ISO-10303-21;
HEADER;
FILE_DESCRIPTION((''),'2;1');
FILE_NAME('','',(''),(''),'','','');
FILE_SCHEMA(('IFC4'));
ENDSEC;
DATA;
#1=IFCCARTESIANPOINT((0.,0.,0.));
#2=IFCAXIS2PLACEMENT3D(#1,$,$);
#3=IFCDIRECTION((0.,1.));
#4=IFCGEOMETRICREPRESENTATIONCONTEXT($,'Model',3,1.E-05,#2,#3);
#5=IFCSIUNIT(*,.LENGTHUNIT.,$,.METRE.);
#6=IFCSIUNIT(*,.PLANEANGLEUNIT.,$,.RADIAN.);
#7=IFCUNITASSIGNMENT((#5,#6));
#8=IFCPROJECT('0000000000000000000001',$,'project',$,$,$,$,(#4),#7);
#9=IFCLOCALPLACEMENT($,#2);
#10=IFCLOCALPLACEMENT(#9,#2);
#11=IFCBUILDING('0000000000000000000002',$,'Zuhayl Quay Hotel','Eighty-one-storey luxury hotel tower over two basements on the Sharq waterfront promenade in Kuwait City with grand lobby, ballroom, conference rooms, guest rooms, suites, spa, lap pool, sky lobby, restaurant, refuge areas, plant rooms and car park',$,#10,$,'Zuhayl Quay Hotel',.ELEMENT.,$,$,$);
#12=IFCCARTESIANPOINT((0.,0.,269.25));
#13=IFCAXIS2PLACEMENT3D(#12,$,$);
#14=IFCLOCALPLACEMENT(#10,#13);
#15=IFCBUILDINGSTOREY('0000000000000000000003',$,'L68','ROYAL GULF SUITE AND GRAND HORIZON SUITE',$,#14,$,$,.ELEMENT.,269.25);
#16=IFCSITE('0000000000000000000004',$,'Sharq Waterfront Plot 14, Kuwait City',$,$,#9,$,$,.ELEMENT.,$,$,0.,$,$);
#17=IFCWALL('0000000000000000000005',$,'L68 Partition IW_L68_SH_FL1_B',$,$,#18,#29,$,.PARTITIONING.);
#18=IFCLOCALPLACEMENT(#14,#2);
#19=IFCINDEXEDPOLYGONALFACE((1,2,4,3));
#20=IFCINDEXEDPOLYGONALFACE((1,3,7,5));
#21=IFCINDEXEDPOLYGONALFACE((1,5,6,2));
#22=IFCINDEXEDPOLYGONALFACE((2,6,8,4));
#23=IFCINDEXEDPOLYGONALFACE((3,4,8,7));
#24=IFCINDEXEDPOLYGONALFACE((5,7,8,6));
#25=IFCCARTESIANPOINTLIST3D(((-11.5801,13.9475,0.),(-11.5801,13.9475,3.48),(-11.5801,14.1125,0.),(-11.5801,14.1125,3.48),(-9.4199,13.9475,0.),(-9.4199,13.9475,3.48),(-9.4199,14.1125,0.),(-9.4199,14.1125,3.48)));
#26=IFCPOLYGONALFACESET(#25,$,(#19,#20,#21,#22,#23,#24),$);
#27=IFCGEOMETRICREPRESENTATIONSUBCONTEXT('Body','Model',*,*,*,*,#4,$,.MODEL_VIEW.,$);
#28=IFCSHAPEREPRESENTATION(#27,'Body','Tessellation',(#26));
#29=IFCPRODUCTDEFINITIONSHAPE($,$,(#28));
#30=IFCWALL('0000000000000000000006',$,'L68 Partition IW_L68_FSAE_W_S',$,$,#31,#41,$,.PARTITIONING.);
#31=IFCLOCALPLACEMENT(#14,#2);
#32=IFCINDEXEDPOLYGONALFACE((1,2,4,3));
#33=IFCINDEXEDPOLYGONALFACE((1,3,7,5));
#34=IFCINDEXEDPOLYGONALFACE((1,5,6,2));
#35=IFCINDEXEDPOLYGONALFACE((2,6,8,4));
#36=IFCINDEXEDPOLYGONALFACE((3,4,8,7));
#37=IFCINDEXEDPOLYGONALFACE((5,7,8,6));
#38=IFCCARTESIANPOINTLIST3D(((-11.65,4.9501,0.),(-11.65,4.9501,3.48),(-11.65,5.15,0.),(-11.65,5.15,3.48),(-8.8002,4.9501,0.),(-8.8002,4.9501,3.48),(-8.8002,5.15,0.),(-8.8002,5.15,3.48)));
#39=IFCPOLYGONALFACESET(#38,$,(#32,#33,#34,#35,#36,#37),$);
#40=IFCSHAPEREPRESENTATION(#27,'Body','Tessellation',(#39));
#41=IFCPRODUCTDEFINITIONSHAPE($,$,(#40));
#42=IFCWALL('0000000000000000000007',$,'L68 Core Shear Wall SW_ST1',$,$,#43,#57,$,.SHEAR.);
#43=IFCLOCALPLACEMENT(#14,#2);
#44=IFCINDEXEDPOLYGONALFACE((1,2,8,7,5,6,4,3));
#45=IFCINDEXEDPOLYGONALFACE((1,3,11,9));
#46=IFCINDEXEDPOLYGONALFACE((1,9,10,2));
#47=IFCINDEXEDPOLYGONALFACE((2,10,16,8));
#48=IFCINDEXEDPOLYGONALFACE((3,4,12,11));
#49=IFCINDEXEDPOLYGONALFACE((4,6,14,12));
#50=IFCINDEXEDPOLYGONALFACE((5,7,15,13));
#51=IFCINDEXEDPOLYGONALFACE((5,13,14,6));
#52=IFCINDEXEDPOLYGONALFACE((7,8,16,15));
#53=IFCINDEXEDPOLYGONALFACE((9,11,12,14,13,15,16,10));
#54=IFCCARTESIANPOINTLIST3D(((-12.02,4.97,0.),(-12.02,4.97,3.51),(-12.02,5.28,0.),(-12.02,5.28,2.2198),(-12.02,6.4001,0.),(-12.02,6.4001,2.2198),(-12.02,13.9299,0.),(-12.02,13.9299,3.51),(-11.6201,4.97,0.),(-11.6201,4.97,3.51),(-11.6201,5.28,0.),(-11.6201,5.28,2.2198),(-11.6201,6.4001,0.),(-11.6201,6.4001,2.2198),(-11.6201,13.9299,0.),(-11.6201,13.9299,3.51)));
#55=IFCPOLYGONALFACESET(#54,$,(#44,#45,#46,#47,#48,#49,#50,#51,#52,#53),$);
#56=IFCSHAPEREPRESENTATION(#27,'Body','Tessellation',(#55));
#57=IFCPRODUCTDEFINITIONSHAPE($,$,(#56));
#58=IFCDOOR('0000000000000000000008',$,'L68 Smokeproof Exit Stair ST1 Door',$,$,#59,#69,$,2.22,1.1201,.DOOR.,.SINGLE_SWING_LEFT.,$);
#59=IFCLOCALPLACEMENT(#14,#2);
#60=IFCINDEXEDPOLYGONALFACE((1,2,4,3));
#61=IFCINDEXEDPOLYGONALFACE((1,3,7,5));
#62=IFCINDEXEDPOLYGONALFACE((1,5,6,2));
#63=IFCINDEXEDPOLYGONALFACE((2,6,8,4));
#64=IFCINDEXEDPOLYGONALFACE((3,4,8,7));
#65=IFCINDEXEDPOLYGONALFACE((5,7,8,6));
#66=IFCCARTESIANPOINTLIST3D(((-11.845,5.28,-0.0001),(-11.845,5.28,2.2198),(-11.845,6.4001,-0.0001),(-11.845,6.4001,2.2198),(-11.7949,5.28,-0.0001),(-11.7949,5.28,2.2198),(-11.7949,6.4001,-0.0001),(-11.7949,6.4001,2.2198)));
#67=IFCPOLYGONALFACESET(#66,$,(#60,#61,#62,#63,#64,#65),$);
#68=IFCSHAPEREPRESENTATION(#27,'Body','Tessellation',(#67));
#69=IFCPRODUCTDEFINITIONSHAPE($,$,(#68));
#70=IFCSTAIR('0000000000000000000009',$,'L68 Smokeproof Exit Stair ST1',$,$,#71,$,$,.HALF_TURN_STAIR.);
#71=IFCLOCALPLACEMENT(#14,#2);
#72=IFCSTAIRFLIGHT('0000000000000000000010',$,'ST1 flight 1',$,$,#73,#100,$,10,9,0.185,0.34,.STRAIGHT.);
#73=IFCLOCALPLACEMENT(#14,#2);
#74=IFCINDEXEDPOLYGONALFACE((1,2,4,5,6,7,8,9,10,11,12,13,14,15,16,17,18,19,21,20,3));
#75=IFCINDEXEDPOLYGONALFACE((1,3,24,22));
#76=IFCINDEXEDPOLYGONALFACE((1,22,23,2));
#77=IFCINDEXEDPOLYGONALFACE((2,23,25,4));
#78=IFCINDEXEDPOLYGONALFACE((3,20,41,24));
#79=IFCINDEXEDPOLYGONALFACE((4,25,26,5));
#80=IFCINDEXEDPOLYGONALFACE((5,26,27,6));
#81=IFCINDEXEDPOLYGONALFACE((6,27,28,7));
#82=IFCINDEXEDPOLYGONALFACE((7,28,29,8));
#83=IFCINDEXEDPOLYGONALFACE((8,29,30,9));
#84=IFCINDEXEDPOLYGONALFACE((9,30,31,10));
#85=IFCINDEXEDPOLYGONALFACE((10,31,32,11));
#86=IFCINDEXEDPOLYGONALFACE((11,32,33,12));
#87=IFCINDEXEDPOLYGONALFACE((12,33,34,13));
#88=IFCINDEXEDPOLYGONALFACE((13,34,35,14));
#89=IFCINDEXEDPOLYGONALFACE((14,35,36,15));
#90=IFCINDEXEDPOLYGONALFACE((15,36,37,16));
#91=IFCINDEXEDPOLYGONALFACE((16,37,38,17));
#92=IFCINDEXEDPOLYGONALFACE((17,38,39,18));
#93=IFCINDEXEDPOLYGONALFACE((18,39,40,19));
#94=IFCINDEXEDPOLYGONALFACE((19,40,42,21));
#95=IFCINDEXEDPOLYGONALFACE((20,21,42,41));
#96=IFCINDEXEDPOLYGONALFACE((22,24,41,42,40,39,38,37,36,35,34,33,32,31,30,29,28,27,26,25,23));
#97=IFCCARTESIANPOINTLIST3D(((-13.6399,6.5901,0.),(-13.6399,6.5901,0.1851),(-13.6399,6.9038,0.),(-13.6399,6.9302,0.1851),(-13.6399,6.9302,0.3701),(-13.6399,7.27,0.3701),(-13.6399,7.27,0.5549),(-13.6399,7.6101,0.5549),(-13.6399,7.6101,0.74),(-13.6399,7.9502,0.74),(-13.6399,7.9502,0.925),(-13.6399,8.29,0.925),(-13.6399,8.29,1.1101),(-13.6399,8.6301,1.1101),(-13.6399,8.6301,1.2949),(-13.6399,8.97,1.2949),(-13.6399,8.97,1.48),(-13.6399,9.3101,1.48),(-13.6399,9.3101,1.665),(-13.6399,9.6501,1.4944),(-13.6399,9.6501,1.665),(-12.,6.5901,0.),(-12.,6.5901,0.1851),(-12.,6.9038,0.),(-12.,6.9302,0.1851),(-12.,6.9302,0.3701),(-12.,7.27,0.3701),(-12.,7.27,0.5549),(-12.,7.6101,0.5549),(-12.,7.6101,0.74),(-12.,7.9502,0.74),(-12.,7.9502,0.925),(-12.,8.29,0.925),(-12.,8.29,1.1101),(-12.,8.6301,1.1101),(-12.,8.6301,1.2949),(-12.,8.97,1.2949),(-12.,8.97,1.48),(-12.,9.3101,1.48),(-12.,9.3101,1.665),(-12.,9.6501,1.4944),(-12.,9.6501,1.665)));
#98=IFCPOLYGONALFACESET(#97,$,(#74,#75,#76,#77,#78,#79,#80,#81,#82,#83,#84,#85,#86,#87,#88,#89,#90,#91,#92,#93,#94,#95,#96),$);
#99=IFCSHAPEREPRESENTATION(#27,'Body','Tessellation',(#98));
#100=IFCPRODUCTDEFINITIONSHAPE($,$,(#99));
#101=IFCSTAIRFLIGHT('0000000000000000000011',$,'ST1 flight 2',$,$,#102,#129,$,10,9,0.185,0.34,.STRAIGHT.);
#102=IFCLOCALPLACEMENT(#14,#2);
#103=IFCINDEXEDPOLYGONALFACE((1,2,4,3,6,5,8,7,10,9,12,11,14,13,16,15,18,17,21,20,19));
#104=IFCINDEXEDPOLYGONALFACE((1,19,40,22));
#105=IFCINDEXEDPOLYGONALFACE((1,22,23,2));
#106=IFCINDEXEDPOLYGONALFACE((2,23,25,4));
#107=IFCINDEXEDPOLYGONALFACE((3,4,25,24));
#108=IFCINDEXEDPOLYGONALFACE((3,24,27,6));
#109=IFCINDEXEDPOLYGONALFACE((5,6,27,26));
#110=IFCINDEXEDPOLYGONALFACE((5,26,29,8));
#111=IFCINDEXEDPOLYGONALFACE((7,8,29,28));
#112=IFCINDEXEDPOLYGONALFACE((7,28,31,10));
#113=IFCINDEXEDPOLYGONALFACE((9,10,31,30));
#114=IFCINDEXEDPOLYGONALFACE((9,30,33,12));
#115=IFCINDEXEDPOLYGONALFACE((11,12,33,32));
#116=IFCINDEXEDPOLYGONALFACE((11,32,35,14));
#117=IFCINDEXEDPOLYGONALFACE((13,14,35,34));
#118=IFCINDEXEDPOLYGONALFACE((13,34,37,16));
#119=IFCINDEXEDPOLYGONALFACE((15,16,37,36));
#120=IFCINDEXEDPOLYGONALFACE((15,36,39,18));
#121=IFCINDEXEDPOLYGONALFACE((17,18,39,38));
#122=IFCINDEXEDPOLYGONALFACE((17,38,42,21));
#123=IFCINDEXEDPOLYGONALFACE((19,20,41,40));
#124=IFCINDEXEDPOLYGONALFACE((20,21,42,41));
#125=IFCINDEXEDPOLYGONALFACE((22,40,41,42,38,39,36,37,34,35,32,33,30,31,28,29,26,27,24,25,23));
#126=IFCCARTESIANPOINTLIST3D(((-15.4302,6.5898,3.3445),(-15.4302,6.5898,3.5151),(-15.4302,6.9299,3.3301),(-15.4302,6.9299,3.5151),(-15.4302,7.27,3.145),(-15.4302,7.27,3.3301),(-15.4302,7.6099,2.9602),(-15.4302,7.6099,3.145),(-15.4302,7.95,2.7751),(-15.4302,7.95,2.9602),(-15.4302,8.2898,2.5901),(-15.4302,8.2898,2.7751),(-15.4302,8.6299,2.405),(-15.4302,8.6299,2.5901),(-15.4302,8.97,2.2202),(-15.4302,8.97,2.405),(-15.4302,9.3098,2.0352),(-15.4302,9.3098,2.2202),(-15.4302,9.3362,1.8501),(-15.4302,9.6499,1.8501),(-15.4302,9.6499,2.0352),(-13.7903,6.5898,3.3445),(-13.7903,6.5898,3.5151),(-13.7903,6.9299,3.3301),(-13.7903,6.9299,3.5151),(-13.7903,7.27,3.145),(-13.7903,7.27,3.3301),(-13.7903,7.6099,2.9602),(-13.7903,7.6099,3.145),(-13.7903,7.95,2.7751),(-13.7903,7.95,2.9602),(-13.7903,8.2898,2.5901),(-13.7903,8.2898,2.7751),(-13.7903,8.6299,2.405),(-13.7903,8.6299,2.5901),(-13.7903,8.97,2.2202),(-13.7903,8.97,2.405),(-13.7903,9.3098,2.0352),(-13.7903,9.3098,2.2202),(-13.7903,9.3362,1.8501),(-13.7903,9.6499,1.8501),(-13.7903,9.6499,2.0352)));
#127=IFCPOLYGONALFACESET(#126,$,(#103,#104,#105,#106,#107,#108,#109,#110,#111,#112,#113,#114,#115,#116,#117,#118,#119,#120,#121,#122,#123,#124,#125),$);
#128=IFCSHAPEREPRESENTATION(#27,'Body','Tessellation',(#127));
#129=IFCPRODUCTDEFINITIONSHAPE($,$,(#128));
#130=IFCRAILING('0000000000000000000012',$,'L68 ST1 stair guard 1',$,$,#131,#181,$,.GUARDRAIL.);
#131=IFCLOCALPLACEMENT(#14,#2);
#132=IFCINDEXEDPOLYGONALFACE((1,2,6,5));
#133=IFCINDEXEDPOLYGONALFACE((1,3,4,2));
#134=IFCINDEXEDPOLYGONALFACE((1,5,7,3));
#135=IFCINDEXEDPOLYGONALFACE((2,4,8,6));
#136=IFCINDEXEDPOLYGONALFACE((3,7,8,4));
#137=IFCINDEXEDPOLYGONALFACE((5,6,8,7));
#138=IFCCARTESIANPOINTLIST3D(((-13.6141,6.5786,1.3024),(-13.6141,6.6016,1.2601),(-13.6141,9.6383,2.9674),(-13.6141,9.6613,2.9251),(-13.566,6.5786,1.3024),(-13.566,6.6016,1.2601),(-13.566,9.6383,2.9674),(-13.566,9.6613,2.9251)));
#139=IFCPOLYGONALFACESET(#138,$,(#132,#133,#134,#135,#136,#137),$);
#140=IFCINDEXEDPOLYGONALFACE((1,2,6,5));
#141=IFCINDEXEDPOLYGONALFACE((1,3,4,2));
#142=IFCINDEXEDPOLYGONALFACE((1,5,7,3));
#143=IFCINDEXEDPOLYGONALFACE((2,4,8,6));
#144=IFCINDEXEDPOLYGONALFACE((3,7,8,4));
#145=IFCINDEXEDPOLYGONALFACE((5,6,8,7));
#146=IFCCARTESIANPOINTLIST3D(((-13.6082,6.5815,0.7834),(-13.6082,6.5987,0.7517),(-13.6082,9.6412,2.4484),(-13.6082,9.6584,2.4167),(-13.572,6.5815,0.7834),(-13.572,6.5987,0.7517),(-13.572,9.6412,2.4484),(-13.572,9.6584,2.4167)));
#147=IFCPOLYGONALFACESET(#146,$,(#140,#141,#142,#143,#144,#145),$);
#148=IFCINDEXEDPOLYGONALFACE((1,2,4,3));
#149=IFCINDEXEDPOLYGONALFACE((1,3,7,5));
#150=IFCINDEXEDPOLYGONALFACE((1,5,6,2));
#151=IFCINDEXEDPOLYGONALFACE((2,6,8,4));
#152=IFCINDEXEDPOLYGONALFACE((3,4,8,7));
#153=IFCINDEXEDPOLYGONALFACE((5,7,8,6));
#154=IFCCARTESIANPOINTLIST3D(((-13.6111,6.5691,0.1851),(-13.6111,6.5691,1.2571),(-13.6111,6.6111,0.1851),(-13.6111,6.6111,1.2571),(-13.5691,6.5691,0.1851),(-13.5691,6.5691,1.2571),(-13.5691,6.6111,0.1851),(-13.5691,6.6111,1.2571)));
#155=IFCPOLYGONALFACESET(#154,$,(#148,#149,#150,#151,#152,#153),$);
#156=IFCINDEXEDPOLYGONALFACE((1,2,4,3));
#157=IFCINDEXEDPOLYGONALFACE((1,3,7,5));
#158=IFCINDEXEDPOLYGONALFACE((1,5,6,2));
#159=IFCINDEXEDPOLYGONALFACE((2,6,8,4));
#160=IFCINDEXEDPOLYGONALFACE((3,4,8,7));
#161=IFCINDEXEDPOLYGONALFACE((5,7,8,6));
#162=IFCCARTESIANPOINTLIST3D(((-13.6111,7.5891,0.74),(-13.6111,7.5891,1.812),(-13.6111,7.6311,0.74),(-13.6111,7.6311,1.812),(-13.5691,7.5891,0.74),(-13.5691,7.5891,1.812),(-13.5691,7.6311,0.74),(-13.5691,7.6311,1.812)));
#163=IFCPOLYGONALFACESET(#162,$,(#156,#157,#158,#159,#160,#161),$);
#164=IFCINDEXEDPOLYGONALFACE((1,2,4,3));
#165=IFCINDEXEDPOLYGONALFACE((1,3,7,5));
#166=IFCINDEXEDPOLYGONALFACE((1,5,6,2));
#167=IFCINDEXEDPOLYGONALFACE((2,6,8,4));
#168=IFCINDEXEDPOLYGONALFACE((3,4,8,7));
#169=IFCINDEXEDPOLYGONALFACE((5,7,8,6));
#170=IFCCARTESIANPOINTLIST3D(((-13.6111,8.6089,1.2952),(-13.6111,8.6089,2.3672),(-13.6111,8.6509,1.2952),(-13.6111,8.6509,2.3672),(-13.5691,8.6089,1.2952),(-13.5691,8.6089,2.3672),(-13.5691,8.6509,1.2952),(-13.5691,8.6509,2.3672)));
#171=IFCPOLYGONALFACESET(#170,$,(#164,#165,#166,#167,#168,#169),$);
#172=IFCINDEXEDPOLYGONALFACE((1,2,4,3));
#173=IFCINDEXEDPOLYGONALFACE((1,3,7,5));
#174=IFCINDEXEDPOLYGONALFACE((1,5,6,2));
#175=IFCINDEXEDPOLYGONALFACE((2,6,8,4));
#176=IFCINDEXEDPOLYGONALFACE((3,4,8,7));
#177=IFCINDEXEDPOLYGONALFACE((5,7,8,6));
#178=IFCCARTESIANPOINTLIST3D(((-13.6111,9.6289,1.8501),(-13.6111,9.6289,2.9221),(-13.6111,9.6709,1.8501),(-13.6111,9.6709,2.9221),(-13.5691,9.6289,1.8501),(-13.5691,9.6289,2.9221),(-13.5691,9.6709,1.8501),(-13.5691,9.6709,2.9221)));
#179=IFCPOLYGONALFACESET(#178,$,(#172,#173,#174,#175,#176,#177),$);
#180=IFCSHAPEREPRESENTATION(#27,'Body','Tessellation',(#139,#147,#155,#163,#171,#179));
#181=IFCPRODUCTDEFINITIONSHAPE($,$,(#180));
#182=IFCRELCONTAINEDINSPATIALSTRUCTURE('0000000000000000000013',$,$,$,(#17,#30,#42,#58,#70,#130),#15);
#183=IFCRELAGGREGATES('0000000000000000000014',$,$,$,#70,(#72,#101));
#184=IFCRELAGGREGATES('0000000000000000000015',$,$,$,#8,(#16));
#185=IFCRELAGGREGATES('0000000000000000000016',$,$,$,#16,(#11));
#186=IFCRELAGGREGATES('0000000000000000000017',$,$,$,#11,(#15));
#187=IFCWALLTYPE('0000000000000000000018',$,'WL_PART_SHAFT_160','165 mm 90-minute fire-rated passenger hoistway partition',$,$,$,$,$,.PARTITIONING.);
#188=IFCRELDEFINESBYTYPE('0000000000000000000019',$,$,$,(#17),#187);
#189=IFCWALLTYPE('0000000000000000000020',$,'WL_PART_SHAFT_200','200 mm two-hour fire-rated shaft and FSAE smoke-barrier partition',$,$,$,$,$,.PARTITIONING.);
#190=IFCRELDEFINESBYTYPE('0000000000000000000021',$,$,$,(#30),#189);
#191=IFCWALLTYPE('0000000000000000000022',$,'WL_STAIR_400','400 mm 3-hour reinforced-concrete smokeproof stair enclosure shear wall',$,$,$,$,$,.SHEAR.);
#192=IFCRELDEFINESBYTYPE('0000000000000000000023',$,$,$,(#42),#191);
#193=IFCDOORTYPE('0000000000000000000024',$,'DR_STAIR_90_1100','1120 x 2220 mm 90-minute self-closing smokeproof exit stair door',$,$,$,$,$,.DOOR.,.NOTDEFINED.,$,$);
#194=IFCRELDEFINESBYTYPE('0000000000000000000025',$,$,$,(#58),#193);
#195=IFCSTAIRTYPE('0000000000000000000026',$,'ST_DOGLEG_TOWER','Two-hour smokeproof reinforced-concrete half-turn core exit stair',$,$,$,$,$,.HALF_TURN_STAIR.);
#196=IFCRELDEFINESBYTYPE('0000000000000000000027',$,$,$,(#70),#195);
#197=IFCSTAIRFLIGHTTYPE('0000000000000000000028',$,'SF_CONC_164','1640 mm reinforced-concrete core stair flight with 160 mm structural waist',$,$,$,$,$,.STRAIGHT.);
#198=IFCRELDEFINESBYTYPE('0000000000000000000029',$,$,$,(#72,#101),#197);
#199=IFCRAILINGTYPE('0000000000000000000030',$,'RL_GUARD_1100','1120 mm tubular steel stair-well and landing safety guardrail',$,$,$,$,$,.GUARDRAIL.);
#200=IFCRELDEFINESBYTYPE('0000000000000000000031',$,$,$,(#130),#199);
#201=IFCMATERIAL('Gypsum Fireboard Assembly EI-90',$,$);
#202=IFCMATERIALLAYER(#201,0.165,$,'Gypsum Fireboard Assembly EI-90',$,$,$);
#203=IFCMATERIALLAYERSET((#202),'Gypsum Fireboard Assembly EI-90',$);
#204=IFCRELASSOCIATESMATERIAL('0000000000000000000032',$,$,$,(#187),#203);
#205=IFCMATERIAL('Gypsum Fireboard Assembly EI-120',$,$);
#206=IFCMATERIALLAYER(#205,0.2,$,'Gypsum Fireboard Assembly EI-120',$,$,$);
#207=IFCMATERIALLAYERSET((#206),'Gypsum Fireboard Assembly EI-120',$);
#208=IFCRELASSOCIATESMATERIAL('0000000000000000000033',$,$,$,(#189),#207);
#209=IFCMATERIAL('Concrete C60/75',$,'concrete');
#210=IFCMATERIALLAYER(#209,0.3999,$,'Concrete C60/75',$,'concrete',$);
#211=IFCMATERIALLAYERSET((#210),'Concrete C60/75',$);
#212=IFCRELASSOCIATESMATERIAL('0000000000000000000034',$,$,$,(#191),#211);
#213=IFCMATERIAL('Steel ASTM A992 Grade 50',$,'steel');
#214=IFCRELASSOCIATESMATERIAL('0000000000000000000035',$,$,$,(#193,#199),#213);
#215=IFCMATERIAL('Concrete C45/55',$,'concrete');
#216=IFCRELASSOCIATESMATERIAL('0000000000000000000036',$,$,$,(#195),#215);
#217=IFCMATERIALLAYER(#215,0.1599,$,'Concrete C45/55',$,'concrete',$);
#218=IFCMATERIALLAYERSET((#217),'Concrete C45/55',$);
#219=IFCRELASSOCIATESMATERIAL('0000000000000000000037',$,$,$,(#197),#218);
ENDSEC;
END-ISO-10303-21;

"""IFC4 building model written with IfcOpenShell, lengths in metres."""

from ifc_helpers import new_model, si_unit, direction, frame, frame_2d, origin, origin_2d, place, context, subcontext, project, spatial, polyline, rectangle, outline, extrude, material, layer, layer_set, type_object, element, fill, aggregate, save


model = new_model("IFC4")

# Units and contexts
model_context = context("Model", 3, precision=1e-05, world=origin(), true_north=direction((0.0, 1.0)))
body_context = subcontext(model_context, "Body", "Model", "MODEL_VIEW")
ifc_project = project(units=[si_unit("LENGTHUNIT", "METRE"), si_unit("PLANEANGLEUNIT", "RADIAN")], contexts=[model_context])

# Site, building, storey
site_placement = place(None, origin())
site = spatial("IfcSite", under=ifc_project, at=site_placement, Name="Sharq Waterfront Plot 14, Kuwait City", CompositionType="ELEMENT", RefElevation=0.0)
building_placement = place(site_placement, origin())
building = spatial("IfcBuilding", under=site, at=building_placement, Name="Zuhayl Quay Hotel", Description="Eighty-one-storey luxury hotel tower over two basements on the Sharq waterfront promenade in Kuwait City with grand lobby, ballroom, conference rooms, guest rooms, suites, spa, lap pool, sky lobby, restaurant, refuge areas, plant rooms and car park", LongName="Zuhayl Quay Hotel", CompositionType="ELEMENT")
storey_placement = place(building_placement, frame((0.0, 0.0, 269.25)))
storey = spatial("IfcBuildingStorey", under=building, at=storey_placement, Name="L68", Description="ROYAL GULF SUITE AND GRAND HORIZON SUITE", CompositionType="ELEMENT", Elevation=269.25)

# Shared definitions
ifc_material_1 = material(Name="Gypsum Fireboard Assembly EI-90")
ifc_layer_1 = layer(ifc_material_1, 0.165, Name="Gypsum Fireboard Assembly EI-90")
ifc_layer_set_1 = layer_set([ifc_layer_1], Name="Gypsum Fireboard Assembly EI-90")
wall_type_1 = type_object("IfcWallType", Name="WL_PART_SHAFT_160", Description="165 mm 90-minute fire-rated passenger hoistway partition", PredefinedType="PARTITIONING", material=ifc_layer_set_1)

# Walls
wall_1_placement = place(storey_placement, frame((-11.5801, 14.03, 0.0), z_axis=(0.0, 0.0, 1.0), x_axis=(1.0, 0.0, 0.0)))
element("IfcWall", 1, at=wall_1_placement, inside=storey, type_object=wall_type_1, Name="L68 Partition IW_L68_SH_FL1_B", PredefinedType="PARTITIONING", context=body_context, shape_type="SweptSolid", body=[
    extrude(rectangle(XDim=2.1602, YDim=0.165, at=frame_2d((1.0801, 0.0))), origin(), (0.0, 0.0, 1.0), 3.48),
])
ifc_material_2 = material(Name="Gypsum Fireboard Assembly EI-120")
ifc_layer_2 = layer(ifc_material_2, 0.2, Name="Gypsum Fireboard Assembly EI-120")
ifc_layer_set_2 = layer_set([ifc_layer_2], Name="Gypsum Fireboard Assembly EI-120")
wall_type_2 = type_object("IfcWallType", Name="WL_PART_SHAFT_200", Description="200 mm two-hour fire-rated shaft and FSAE smoke-barrier partition", PredefinedType="PARTITIONING", material=ifc_layer_set_2)
wall_2_placement = place(storey_placement, frame((-11.6499, 5.05, 0.0), z_axis=(0.0, 0.0, 1.0), x_axis=(1.0, 0.0, 0.0)))
element("IfcWall", 2, at=wall_2_placement, inside=storey, type_object=wall_type_2, Name="L68 Partition IW_L68_FSAE_W_S", PredefinedType="PARTITIONING", context=body_context, shape_type="SweptSolid", body=[
    extrude(rectangle(XDim=2.8499, YDim=0.2, at=frame_2d((1.4248, 0.0))), origin(), (0.0, 0.0, 1.0), 3.48),
])

# Wall, opening, door
ifc_material_3 = material(Name="Concrete C60/75", Category="concrete")
ifc_layer_3 = layer(ifc_material_3, 0.3999, Name="Concrete C60/75", Category="concrete")
ifc_layer_set_3 = layer_set([ifc_layer_3], Name="Concrete C60/75")
wall_type_3 = type_object("IfcWallType", Name="WL_STAIR_400", Description="400 mm 3-hour reinforced-concrete smokeproof stair enclosure shear wall", PredefinedType="SHEAR", material=ifc_layer_set_3)
wall_3_placement = place(storey_placement, frame((-11.8201, 4.97, 0.0), z_axis=(0.0, 0.0, 1.0), x_axis=(0.0, 1.0, 0.0)))
wall_3 = element("IfcWall", 3, at=wall_3_placement, inside=storey, type_object=wall_type_3, Name="L68 Core Shear Wall SW_ST1", PredefinedType="SHEAR", context=body_context, shape_type="SweptSolid", body=[
    extrude(rectangle(XDim=8.96, YDim=0.3999, at=frame_2d((4.48, 0.0))), origin(), (0.0, 0.0, 1.0), 3.51),
])
opening_1_placement = place(wall_3_placement, frame((0.3101, 0.0, 0.0)))
opening_1 = element("IfcOpeningElement", 4, at=opening_1_placement, cuts=wall_3, PredefinedType="OPENING", context=body_context, shape_type="SweptSolid", body=[
    extrude(rectangle(XDim=1.1201, YDim=2.22, at=frame_2d((0.5601, 1.1099))), frame((0.0, 0.21, 0.0), z_axis=(0.0, -1.0, 0.0), x_axis=(1.0, 0.0, 0.0)), (0.0, 0.0, 1.0), 0.4199),
])
ifc_material_4 = material(Name="Steel ASTM A992 Grade 50", Category="steel")
door_type_1 = type_object("IfcDoorType", Name="DR_STAIR_90_1100", Description="1120 x 2220 mm 90-minute self-closing smokeproof exit stair door", OperationType="NOTDEFINED", PredefinedType="DOOR", material=ifc_material_4)
door_1_placement = place(opening_1_placement, origin())
door_1 = element("IfcDoor", 5, at=door_1_placement, inside=storey, type_object=door_type_1, Name="L68 Smokeproof Exit Stair ST1 Door", OperationType="SINGLE_SWING_LEFT", OverallHeight=2.22, OverallWidth=1.1201, PredefinedType="DOOR", context=body_context, shape_type="SweptSolid", body=[
    extrude(rectangle(XDim=1.1201, YDim=2.22, at=frame_2d((0.5601, 1.1099))), frame((0.0, 0.0249, 0.0), z_axis=(0.0, -1.0, 0.0), x_axis=(1.0, 0.0, 0.0)), (0.0, 0.0, 1.0), 0.05),
])
fill(opening_1, door_1)

# Stair, stair flights
ifc_material_5 = material(Name="Concrete C45/55", Category="concrete")
stair_type = type_object("IfcStairType", Name="ST_DOGLEG_TOWER", Description="Two-hour smokeproof reinforced-concrete half-turn core exit stair", PredefinedType="HALF_TURN_STAIR", material=ifc_material_5)
stair_placement = place(storey_placement, origin())
stair = element("IfcStair", 6, at=stair_placement, inside=storey, type_object=stair_type, Name="L68 Smokeproof Exit Stair ST1", PredefinedType="HALF_TURN_STAIR")
ifc_layer_4 = layer(ifc_material_5, 0.1599, Name="Concrete C45/55", Category="concrete")
ifc_layer_set_4 = layer_set([ifc_layer_4], Name="Concrete C45/55")
stair_flight_type = type_object("IfcStairFlightType", Name="SF_CONC_164", Description="1640 mm reinforced-concrete core stair flight with 160 mm structural waist", PredefinedType="STRAIGHT", material=ifc_layer_set_4)
stair_flight_1_placement = place(storey_placement, frame((-12.8201, 6.5901, 0.0), z_axis=(0.0, 0.0, 1.0), x_axis=(0.0, 1.0, 0.0)))
stair_flight_1 = element("IfcStairFlight", 7, at=stair_flight_1_placement, type_object=stair_flight_type, Name="ST1 flight 1", NumberOfRisers=10, NumberOfTreads=9, PredefinedType="STRAIGHT", RiserHeight=0.185, TreadLength=0.34, context=body_context, shape_type="SweptSolid", body=[
    extrude(outline(polyline([(0.0, 0.0), (0.0, 0.1851), (0.3401, 0.1851), (0.3401, 0.3701), (0.6799, 0.3701), (0.6799, 0.5549), (1.02, 0.5549), (1.02, 0.74), (1.3601, 0.74), (1.3601, 0.925), (1.7, 0.925), (1.7, 1.1101), (2.04, 1.1101), (2.04, 1.2949), (2.3799, 1.2949), (2.3799, 1.48), (2.72, 1.48), (2.72, 1.665), (3.0601, 1.665), (3.0601, 1.8501), (3.0601, 1.4944), (0.3137, 0.0), (0.0, 0.0)])), frame((0.0, 0.8198, 0.0), z_axis=(0.0, -1.0, 0.0), x_axis=(1.0, 0.0, 0.0)), (0.0, 0.0, 1.0), 1.6399),
])
stair_flight_2_placement = place(storey_placement, frame((-14.6101, 9.6499, 1.8501), z_axis=(0.0, 0.0, 1.0), x_axis=(0.0, -1.0, 0.0)))
stair_flight_2 = element("IfcStairFlight", 8, at=stair_flight_2_placement, type_object=stair_flight_type, Name="ST1 flight 2", NumberOfRisers=10, NumberOfTreads=9, PredefinedType="STRAIGHT", RiserHeight=0.185, TreadLength=0.34, context=body_context, shape_type="SweptSolid", body=[
    extrude(outline(polyline([(0.0, 0.0), (0.0, 0.1851), (0.3401, 0.1851), (0.3401, 0.3701), (0.6799, 0.3701), (0.6799, 0.5549), (1.02, 0.5549), (1.02, 0.74), (1.3601, 0.74), (1.3601, 0.925), (1.7, 0.925), (1.7, 1.1101), (2.04, 1.1101), (2.04, 1.2949), (2.3799, 1.2949), (2.3799, 1.48), (2.72, 1.48), (2.72, 1.665), (3.0601, 1.665), (3.0601, 1.8501), (3.0601, 1.4944), (0.3137, 0.0), (0.0, 0.0)])), frame((0.0, 0.8198, 0.0), z_axis=(0.0, -1.0, 0.0), x_axis=(1.0, 0.0, 0.0)), (0.0, 0.0, 1.0), 1.6399),
])
aggregate(stair, [stair_flight_1, stair_flight_2])

# Railing
railing_type_1 = type_object("IfcRailingType", Name="RL_GUARD_1100", Description="1120 mm tubular steel stair-well and landing safety guardrail", PredefinedType="GUARDRAIL", material=ifc_material_4)
railing_1_placement = place(storey_placement, frame((-13.5901, 6.5901, 0.1851)))
element("IfcRailing", 9, at=railing_1_placement, inside=storey, type_object=railing_type_1, Name="L68 ST1 stair guard 1", PredefinedType="GUARDRAIL", context=body_context, shape_type="SweptSolid", body=[
    extrude(rectangle(XDim=0.0481, YDim=0.0481, at=origin_2d()), frame((0.0, 0.0, 1.0962), z_axis=(0.0, 0.878372, 0.477978), x_axis=(-1.0, 0.0, 0.0)), (0.0, 0.0, 1.0), 3.4834),
    extrude(rectangle(XDim=0.0361, YDim=0.0361, at=origin_2d()), frame((0.0, 0.0, 0.5825), z_axis=(0.0, 0.878372, 0.477978), x_axis=(-1.0, 0.0, 0.0)), (0.0, 0.0, 1.0), 3.4834),
    extrude(rectangle(XDim=0.042, YDim=0.042, at=origin_2d()), origin(), (0.0, 0.0, 1.0), 1.072),
    extrude(rectangle(XDim=0.042, YDim=0.042, at=origin_2d()), frame((0.0, 1.02, 0.5549)), (0.0, 0.0, 1.0), 1.072),
    extrude(rectangle(XDim=0.042, YDim=0.042, at=origin_2d()), frame((0.0, 2.0398, 1.1101)), (0.0, 0.0, 1.0), 1.072),
    extrude(rectangle(XDim=0.042, YDim=0.042, at=origin_2d()), frame((0.0, 3.0598, 1.665)), (0.0, 0.0, 1.0), 1.072),
])

save(model, "model.ifc")
